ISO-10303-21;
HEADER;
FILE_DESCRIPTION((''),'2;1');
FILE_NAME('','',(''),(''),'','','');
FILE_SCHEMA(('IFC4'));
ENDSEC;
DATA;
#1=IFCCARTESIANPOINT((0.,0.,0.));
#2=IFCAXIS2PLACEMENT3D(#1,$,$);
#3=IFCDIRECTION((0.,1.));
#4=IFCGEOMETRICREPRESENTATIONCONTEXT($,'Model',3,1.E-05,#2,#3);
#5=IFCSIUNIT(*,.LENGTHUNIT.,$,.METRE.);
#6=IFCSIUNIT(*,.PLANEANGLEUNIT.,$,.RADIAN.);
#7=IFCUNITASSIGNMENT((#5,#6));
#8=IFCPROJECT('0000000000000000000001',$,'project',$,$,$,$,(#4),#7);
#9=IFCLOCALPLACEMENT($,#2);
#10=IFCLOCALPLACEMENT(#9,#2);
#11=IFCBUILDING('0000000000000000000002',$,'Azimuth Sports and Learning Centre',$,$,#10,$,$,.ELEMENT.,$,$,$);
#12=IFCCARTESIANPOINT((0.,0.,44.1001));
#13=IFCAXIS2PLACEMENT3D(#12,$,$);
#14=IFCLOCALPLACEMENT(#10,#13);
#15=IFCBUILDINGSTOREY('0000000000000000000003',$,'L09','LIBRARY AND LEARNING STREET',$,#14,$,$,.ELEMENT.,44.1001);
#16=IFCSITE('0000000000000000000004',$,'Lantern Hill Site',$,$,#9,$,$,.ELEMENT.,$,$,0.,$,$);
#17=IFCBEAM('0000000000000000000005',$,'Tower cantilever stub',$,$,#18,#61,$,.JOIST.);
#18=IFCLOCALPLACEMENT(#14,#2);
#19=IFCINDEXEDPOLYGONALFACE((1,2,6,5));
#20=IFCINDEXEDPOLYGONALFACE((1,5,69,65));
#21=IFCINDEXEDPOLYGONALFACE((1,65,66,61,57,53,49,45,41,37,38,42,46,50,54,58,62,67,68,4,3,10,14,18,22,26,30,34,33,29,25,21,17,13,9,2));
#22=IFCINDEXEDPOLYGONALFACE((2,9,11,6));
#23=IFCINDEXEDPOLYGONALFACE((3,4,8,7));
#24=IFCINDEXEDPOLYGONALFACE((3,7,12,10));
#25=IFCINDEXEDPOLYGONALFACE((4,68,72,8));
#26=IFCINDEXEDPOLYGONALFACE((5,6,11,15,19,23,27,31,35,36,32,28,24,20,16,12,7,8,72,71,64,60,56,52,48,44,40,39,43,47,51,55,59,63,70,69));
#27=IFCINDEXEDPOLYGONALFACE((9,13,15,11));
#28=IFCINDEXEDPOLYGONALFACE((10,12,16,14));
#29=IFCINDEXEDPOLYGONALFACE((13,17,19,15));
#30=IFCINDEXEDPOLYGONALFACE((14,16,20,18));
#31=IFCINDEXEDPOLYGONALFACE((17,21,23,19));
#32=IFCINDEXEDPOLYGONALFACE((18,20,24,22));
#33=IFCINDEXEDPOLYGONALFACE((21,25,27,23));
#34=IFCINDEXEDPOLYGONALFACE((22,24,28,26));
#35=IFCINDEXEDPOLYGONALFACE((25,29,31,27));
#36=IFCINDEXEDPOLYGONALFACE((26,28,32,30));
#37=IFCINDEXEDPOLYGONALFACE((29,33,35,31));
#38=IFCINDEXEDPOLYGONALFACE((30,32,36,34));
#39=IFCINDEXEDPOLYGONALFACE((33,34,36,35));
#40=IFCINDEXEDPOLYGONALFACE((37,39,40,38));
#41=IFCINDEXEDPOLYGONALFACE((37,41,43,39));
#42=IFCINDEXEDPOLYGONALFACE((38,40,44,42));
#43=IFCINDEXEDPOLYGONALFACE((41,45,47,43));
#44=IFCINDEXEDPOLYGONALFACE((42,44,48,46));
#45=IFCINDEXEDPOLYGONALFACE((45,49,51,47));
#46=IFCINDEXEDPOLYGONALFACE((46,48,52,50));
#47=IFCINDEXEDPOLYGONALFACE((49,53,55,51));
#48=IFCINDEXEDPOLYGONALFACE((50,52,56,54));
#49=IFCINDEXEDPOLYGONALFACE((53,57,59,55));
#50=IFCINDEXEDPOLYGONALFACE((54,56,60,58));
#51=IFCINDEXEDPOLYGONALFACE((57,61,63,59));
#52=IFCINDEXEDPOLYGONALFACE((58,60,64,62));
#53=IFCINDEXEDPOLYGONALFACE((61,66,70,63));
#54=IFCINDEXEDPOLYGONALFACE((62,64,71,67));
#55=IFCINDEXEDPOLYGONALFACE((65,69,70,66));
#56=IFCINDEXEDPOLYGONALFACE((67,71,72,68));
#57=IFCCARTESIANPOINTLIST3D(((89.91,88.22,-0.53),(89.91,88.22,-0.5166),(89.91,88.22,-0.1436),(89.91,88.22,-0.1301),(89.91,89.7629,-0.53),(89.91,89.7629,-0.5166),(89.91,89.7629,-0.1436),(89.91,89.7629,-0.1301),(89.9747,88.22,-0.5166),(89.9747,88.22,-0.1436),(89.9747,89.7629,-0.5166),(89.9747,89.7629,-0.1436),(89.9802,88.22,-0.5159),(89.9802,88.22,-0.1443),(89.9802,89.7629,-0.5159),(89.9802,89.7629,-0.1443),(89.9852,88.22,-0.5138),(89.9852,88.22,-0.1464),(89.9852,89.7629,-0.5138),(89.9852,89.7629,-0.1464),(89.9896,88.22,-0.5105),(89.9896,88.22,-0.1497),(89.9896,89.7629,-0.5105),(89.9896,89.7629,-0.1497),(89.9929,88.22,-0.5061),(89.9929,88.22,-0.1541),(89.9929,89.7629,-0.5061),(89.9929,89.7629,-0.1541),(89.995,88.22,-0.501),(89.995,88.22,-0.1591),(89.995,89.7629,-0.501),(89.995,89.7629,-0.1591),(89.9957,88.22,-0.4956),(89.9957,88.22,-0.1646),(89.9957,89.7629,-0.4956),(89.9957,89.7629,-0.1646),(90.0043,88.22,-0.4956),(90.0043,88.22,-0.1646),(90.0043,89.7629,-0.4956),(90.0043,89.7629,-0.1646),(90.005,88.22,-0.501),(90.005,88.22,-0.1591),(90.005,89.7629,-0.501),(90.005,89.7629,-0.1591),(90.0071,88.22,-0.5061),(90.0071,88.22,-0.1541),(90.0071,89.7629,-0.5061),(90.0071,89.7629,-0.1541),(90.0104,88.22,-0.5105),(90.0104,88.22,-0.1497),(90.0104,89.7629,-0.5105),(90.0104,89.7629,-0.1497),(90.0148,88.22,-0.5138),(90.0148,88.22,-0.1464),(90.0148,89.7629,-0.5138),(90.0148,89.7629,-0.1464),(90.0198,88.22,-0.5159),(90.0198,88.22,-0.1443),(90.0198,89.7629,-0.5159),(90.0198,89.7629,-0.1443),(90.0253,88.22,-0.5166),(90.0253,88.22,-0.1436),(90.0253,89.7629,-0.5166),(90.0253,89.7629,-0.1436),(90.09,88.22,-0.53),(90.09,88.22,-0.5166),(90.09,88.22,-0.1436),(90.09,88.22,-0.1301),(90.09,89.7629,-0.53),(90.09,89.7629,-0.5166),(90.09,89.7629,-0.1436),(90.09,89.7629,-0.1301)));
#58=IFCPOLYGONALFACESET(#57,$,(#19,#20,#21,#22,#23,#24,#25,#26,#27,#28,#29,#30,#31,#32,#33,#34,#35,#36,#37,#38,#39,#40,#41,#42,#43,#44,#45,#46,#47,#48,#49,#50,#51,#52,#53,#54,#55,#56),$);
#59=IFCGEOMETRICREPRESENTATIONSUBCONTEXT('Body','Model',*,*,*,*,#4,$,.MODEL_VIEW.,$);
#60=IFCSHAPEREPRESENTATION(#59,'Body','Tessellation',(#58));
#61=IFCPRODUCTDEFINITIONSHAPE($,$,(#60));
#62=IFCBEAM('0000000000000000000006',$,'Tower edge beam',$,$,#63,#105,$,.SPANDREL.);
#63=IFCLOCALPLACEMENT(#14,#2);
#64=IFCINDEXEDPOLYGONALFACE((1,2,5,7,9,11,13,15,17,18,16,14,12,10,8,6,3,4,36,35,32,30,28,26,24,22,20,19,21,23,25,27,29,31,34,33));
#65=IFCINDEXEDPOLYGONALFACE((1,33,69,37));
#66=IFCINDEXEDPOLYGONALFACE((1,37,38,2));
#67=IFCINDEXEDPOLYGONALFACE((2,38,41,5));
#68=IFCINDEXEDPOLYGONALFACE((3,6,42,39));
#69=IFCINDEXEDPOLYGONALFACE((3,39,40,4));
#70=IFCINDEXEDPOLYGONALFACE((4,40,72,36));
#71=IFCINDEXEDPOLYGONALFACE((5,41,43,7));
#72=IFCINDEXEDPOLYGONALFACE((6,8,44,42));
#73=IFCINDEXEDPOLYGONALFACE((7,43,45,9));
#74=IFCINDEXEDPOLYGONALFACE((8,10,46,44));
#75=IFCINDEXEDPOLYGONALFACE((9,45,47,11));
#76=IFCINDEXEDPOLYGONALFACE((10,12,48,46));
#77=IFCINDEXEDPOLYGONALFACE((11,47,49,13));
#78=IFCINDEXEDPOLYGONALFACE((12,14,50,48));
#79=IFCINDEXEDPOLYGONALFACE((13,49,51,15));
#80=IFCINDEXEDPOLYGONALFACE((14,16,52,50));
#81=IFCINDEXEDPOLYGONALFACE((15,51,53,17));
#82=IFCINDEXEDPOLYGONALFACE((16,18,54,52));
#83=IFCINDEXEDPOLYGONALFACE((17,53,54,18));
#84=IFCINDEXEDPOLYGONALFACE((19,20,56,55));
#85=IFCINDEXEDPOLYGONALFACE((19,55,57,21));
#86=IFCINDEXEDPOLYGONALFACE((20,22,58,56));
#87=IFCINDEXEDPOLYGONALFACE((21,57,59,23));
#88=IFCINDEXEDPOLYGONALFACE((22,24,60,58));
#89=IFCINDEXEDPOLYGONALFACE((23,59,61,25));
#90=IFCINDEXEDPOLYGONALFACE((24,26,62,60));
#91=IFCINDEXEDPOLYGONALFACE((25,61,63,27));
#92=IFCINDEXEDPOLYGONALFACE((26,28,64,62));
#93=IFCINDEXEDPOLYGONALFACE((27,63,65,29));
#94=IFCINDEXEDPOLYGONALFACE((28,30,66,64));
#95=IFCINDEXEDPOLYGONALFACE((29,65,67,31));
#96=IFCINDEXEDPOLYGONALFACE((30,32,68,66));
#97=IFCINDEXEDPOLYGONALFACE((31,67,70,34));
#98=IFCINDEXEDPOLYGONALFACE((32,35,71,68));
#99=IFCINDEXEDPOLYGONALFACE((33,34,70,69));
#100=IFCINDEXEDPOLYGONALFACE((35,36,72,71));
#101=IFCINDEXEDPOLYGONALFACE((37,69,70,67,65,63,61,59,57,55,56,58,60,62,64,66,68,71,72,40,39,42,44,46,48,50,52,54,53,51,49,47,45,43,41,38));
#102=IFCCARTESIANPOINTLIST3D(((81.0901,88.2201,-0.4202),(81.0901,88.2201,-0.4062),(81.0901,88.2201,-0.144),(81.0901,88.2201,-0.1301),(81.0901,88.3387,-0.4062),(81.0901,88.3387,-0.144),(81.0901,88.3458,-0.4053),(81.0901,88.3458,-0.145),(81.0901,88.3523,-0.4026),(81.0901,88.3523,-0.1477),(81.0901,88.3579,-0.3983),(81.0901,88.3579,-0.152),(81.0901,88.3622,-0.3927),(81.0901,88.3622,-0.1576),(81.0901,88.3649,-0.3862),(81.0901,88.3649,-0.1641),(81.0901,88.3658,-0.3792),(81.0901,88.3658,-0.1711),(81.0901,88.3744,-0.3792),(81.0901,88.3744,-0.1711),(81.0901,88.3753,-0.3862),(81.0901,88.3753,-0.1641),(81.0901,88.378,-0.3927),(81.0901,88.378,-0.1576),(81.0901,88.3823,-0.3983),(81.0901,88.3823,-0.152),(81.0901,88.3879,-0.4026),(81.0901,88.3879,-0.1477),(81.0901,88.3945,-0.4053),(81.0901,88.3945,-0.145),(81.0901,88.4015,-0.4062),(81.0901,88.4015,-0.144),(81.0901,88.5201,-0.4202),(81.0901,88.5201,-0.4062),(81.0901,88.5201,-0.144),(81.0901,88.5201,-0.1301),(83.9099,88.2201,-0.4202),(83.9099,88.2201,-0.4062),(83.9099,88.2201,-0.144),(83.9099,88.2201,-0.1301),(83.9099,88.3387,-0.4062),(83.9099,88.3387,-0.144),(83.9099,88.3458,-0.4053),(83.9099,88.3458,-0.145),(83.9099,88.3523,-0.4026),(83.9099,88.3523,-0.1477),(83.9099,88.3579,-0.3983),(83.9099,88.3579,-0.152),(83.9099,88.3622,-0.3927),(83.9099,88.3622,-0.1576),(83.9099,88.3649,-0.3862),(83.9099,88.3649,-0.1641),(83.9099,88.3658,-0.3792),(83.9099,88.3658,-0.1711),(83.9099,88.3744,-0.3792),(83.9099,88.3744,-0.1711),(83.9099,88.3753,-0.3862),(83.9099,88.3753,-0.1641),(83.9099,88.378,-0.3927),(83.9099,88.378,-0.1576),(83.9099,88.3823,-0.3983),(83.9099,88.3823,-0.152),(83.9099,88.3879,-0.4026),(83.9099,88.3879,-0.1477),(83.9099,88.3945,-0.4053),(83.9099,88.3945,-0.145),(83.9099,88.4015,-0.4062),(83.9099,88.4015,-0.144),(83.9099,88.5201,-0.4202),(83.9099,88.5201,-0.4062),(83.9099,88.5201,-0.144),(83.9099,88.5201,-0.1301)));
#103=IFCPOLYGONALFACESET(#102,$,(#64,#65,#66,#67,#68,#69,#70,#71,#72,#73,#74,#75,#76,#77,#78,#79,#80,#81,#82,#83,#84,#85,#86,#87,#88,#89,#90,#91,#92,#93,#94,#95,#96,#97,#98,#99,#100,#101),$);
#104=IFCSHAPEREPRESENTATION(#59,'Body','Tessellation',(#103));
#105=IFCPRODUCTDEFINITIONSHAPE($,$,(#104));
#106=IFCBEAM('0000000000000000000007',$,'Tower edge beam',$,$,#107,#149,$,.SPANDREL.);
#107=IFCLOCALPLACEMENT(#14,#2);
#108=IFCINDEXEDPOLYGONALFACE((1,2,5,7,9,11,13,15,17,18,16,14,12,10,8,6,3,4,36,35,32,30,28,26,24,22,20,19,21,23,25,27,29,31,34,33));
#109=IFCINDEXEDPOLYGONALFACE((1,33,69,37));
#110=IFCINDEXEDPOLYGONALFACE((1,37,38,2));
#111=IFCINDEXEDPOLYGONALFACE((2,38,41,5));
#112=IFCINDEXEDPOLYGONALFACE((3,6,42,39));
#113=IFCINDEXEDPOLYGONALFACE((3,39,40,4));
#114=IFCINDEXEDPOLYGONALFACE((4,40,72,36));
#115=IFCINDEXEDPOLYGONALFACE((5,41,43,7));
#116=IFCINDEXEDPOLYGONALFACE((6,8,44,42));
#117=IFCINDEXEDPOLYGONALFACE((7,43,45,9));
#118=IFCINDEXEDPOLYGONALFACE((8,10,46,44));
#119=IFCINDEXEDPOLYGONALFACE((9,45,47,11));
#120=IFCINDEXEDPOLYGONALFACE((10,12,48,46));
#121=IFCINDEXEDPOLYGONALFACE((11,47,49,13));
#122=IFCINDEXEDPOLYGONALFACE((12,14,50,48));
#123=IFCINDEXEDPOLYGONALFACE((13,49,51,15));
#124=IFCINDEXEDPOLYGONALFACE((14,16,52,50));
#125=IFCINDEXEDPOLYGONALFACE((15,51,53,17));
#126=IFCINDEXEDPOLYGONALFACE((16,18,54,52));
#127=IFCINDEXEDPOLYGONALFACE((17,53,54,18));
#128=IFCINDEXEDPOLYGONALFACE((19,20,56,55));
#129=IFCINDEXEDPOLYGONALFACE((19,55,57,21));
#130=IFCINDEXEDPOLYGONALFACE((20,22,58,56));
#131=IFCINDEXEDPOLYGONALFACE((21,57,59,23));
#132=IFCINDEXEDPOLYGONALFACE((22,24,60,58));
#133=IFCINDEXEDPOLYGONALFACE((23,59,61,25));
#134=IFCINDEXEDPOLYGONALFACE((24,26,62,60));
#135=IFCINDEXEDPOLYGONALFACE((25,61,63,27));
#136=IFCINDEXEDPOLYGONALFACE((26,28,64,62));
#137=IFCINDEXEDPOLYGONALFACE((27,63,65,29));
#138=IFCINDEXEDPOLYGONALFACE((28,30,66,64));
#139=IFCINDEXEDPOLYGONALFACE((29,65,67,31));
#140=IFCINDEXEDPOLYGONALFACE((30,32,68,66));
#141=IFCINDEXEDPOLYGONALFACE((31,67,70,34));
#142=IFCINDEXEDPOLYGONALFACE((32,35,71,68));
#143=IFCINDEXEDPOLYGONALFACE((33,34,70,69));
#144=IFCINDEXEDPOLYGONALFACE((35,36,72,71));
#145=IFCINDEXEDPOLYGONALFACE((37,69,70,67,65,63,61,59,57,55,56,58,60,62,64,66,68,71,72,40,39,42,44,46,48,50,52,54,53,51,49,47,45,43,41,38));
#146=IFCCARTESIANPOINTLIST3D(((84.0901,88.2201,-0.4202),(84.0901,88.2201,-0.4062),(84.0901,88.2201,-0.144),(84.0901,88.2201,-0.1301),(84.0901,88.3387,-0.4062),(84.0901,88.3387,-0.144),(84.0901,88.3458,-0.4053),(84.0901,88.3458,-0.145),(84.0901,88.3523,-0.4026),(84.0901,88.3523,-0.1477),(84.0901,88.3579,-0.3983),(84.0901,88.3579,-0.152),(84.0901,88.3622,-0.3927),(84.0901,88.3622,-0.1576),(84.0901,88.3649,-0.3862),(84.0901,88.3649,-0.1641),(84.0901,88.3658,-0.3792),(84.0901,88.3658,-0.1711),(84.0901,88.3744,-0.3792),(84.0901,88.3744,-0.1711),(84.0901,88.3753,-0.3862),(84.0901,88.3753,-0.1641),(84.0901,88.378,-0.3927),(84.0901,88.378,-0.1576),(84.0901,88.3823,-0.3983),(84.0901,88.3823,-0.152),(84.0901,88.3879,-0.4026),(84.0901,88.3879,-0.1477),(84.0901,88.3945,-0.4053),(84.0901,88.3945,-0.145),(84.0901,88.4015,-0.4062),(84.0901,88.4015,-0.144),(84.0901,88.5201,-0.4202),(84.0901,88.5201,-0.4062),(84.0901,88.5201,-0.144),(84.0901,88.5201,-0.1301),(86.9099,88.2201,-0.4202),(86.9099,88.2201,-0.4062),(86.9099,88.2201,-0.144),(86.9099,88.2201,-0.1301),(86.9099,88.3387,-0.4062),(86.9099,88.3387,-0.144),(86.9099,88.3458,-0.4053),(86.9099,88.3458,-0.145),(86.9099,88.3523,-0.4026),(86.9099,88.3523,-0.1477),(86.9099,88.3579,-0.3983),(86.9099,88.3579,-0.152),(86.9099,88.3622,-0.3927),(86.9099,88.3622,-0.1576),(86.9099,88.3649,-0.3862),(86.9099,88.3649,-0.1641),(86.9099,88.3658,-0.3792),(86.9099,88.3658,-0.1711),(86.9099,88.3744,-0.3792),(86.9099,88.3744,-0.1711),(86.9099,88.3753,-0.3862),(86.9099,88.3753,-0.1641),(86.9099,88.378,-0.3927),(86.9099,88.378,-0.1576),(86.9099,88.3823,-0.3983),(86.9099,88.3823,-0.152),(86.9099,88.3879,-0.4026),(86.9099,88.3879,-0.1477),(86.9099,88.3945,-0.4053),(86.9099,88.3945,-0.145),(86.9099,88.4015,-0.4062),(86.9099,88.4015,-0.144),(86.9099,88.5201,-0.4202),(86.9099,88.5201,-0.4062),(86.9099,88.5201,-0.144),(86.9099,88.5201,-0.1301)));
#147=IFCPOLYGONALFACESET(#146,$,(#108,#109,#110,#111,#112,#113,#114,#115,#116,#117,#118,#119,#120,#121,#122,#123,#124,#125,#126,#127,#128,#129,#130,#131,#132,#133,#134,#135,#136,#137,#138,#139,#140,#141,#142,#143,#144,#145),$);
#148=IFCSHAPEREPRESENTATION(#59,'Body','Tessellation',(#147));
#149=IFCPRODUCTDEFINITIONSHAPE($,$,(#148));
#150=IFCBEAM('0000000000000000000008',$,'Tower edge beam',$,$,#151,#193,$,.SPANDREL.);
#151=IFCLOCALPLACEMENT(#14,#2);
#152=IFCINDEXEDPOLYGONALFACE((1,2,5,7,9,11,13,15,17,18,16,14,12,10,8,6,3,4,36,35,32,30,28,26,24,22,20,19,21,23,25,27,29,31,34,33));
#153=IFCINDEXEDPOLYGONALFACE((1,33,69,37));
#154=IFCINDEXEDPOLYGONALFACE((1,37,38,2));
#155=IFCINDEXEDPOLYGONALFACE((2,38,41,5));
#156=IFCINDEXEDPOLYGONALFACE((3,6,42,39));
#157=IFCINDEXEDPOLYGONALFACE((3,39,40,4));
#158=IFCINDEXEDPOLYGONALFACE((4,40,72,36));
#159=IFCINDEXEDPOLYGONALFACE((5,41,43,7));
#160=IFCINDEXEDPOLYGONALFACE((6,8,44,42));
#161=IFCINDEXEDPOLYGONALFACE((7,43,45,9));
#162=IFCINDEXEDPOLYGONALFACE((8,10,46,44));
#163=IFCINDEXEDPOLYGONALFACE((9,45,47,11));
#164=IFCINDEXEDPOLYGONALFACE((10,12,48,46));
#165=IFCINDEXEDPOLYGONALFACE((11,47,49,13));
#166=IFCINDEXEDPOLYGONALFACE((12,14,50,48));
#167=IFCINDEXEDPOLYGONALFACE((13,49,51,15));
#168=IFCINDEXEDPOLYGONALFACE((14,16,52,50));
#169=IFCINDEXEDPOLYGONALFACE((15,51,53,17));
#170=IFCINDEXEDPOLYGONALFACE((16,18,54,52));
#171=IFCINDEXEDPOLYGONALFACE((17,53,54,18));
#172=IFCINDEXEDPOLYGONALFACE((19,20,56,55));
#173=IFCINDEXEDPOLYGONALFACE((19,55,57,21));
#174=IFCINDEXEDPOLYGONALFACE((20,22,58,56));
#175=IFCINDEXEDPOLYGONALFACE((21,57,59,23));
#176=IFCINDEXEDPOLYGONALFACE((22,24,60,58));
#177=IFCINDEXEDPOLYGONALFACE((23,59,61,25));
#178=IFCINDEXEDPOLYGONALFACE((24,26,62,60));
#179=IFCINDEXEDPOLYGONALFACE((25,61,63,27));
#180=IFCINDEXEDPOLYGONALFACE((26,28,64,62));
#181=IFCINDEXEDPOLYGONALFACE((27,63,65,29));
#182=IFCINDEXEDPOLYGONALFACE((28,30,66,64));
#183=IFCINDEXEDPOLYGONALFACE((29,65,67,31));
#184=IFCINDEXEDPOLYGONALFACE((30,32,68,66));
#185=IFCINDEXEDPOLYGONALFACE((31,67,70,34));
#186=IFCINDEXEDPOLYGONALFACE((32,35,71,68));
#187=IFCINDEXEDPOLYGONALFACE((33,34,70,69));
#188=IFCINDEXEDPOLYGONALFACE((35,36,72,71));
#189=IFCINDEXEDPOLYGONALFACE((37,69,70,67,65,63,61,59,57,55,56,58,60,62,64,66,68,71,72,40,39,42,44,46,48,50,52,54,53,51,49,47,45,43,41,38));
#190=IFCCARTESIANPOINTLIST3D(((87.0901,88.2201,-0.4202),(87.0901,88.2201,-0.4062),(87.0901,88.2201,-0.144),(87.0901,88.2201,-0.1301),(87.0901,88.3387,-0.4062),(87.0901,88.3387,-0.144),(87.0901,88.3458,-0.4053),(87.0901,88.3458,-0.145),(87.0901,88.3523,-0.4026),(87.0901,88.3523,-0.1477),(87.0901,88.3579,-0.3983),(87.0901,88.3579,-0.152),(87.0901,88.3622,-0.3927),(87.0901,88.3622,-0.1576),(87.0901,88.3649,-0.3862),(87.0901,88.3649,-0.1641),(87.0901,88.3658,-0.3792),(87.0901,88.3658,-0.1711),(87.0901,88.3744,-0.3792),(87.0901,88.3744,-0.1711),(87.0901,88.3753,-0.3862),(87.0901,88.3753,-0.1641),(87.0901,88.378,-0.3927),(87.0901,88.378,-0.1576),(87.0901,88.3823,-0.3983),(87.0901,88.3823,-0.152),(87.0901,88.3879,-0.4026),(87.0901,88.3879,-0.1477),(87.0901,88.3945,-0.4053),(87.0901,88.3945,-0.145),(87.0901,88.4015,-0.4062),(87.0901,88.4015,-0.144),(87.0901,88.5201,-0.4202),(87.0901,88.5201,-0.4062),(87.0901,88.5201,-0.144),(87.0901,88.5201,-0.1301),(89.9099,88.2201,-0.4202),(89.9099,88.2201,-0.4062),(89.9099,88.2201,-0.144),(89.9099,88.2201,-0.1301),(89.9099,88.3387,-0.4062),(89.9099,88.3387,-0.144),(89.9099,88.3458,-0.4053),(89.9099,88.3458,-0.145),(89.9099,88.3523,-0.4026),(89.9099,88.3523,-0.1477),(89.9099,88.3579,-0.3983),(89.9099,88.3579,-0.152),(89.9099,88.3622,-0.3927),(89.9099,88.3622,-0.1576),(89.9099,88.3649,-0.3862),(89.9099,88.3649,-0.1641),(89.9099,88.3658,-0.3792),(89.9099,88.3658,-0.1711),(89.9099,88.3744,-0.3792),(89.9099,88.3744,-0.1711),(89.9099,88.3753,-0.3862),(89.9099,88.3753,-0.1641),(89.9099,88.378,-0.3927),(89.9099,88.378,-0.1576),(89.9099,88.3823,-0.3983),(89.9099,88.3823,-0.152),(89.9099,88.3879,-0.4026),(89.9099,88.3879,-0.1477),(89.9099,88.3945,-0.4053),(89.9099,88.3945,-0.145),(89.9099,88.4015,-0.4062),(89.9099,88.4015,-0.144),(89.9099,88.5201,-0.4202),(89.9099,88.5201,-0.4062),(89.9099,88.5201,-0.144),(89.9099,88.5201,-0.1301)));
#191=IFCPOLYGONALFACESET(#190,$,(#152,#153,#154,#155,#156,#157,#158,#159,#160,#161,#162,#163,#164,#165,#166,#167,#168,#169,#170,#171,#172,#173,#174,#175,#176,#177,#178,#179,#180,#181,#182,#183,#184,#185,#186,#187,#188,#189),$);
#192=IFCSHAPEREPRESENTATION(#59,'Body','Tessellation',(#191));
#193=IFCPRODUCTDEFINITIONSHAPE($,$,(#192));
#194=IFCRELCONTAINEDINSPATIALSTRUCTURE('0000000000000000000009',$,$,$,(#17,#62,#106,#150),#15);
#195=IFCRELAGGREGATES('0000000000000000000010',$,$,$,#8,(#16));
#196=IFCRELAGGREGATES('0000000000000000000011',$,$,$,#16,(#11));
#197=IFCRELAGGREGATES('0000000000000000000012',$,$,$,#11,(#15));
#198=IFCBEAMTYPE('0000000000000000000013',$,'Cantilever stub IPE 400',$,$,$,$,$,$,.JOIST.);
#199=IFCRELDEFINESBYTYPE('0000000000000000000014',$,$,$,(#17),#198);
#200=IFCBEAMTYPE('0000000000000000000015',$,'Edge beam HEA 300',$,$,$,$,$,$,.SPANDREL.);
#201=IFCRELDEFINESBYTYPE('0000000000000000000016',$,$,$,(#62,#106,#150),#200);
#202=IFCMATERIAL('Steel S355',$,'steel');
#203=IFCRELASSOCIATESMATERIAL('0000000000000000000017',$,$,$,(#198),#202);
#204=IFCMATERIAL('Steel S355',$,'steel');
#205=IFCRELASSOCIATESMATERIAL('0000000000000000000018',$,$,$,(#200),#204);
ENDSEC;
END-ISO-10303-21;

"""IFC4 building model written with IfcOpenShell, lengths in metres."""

from ifc_helpers import new_model, si_unit, direction, frame, origin, origin_2d, place, context, subcontext, project, spatial, i_section, extrude, material, material_profile, profile_set, type_object, element, save


model = new_model("IFC4")

# Units and contexts
model_context = context("Model", 3, precision=1e-05, world=origin(), true_north=direction((0.0, 1.0)))
body_context = subcontext(model_context, "Body", "Model", "MODEL_VIEW")
ifc_project = project(units=[si_unit("LENGTHUNIT", "METRE"), si_unit("PLANEANGLEUNIT", "RADIAN")], contexts=[model_context])

# Site, building, storey
site_placement = place(None, origin())
site = spatial("IfcSite", under=ifc_project, at=site_placement, Name="Lantern Hill Site", CompositionType="ELEMENT", RefElevation=0.0)
building_placement = place(site_placement, origin())
building = spatial("IfcBuilding", under=site, at=building_placement, Name="Azimuth Sports and Learning Centre", CompositionType="ELEMENT")
storey_placement = place(building_placement, frame((0.0, 0.0, 44.1001)))
storey = spatial("IfcBuildingStorey", under=building, at=storey_placement, Name="L09", Description="LIBRARY AND LEARNING STREET", CompositionType="ELEMENT", Elevation=44.1001)

# Beams
ifc_material_1 = material(Name="Steel S355", Category="steel")
ifc_material_profile_1 = material_profile(ifc_material_1, i_section(OverallWidth=0.1799, OverallDepth=0.3999, WebThickness=0.0085, FlangeThickness=0.0134, FilletRadius=0.021, at=origin_2d()), Name="IPE 400")
ifc_profile_set_1 = profile_set([ifc_material_profile_1], Name="Steel S355")
beam_type_1 = type_object("IfcBeamType", Name="Cantilever stub IPE 400", PredefinedType="JOIST", material=ifc_profile_set_1)
beam_1_placement = place(storey_placement, frame((90.0, 89.7629, -0.3301), z_axis=(0.0, -1.0, 0.0), x_axis=(1.0, 0.0, 0.0)))
element("IfcBeam", 1, at=beam_1_placement, inside=storey, type_object=beam_type_1, Name="Tower cantilever stub", PredefinedType="JOIST", context=body_context, shape_type="SweptSolid", body=[
    extrude(i_section(OverallWidth=0.1799, OverallDepth=0.3999, WebThickness=0.0085, FlangeThickness=0.0134, FilletRadius=0.021, at=origin_2d()), origin(), (0.0, 0.0, 1.0), 1.543),
])
ifc_material_2 = material(Name="Steel S355", Category="steel")
ifc_material_profile_2 = material_profile(ifc_material_2, i_section(OverallWidth=0.3, OverallDepth=0.29, WebThickness=0.0085, FlangeThickness=0.0139, FilletRadius=0.0271, at=origin_2d()), Name="HEA 300")
ifc_profile_set_2 = profile_set([ifc_material_profile_2], Name="Steel S355")
beam_type_2 = type_object("IfcBeamType", Name="Edge beam HEA 300", PredefinedType="SPANDREL", material=ifc_profile_set_2)
for number, where, z_axis, x_axis, name in (
    (2, (81.0901, 88.3701, -0.2751), (1.0, 0.0, 0.0), (0.0, 1.0, 0.0), "Tower edge beam"),
    (3, (84.0901, 88.3701, -0.2751), (1.0, 0.0, 0.0), (0.0, 1.0, 0.0), "Tower edge beam"),
    (4, (87.0901, 88.3701, -0.2751), (1.0, 0.0, 0.0), (0.0, 1.0, 0.0), "Tower edge beam"),
):
    element("IfcBeam", number, at=place(storey_placement, frame(where, z_axis=z_axis, x_axis=x_axis)), inside=storey, type_object=beam_type_2, Name=name, PredefinedType="SPANDREL", context=body_context, shape_type="SweptSolid", body=[
        extrude(i_section(OverallWidth=0.3, OverallDepth=0.29, WebThickness=0.0085, FlangeThickness=0.0139, FilletRadius=0.0271, at=origin_2d()), origin(), (0.0, 0.0, 1.0), 2.8198),
    ])

save(model, "model.ifc")
